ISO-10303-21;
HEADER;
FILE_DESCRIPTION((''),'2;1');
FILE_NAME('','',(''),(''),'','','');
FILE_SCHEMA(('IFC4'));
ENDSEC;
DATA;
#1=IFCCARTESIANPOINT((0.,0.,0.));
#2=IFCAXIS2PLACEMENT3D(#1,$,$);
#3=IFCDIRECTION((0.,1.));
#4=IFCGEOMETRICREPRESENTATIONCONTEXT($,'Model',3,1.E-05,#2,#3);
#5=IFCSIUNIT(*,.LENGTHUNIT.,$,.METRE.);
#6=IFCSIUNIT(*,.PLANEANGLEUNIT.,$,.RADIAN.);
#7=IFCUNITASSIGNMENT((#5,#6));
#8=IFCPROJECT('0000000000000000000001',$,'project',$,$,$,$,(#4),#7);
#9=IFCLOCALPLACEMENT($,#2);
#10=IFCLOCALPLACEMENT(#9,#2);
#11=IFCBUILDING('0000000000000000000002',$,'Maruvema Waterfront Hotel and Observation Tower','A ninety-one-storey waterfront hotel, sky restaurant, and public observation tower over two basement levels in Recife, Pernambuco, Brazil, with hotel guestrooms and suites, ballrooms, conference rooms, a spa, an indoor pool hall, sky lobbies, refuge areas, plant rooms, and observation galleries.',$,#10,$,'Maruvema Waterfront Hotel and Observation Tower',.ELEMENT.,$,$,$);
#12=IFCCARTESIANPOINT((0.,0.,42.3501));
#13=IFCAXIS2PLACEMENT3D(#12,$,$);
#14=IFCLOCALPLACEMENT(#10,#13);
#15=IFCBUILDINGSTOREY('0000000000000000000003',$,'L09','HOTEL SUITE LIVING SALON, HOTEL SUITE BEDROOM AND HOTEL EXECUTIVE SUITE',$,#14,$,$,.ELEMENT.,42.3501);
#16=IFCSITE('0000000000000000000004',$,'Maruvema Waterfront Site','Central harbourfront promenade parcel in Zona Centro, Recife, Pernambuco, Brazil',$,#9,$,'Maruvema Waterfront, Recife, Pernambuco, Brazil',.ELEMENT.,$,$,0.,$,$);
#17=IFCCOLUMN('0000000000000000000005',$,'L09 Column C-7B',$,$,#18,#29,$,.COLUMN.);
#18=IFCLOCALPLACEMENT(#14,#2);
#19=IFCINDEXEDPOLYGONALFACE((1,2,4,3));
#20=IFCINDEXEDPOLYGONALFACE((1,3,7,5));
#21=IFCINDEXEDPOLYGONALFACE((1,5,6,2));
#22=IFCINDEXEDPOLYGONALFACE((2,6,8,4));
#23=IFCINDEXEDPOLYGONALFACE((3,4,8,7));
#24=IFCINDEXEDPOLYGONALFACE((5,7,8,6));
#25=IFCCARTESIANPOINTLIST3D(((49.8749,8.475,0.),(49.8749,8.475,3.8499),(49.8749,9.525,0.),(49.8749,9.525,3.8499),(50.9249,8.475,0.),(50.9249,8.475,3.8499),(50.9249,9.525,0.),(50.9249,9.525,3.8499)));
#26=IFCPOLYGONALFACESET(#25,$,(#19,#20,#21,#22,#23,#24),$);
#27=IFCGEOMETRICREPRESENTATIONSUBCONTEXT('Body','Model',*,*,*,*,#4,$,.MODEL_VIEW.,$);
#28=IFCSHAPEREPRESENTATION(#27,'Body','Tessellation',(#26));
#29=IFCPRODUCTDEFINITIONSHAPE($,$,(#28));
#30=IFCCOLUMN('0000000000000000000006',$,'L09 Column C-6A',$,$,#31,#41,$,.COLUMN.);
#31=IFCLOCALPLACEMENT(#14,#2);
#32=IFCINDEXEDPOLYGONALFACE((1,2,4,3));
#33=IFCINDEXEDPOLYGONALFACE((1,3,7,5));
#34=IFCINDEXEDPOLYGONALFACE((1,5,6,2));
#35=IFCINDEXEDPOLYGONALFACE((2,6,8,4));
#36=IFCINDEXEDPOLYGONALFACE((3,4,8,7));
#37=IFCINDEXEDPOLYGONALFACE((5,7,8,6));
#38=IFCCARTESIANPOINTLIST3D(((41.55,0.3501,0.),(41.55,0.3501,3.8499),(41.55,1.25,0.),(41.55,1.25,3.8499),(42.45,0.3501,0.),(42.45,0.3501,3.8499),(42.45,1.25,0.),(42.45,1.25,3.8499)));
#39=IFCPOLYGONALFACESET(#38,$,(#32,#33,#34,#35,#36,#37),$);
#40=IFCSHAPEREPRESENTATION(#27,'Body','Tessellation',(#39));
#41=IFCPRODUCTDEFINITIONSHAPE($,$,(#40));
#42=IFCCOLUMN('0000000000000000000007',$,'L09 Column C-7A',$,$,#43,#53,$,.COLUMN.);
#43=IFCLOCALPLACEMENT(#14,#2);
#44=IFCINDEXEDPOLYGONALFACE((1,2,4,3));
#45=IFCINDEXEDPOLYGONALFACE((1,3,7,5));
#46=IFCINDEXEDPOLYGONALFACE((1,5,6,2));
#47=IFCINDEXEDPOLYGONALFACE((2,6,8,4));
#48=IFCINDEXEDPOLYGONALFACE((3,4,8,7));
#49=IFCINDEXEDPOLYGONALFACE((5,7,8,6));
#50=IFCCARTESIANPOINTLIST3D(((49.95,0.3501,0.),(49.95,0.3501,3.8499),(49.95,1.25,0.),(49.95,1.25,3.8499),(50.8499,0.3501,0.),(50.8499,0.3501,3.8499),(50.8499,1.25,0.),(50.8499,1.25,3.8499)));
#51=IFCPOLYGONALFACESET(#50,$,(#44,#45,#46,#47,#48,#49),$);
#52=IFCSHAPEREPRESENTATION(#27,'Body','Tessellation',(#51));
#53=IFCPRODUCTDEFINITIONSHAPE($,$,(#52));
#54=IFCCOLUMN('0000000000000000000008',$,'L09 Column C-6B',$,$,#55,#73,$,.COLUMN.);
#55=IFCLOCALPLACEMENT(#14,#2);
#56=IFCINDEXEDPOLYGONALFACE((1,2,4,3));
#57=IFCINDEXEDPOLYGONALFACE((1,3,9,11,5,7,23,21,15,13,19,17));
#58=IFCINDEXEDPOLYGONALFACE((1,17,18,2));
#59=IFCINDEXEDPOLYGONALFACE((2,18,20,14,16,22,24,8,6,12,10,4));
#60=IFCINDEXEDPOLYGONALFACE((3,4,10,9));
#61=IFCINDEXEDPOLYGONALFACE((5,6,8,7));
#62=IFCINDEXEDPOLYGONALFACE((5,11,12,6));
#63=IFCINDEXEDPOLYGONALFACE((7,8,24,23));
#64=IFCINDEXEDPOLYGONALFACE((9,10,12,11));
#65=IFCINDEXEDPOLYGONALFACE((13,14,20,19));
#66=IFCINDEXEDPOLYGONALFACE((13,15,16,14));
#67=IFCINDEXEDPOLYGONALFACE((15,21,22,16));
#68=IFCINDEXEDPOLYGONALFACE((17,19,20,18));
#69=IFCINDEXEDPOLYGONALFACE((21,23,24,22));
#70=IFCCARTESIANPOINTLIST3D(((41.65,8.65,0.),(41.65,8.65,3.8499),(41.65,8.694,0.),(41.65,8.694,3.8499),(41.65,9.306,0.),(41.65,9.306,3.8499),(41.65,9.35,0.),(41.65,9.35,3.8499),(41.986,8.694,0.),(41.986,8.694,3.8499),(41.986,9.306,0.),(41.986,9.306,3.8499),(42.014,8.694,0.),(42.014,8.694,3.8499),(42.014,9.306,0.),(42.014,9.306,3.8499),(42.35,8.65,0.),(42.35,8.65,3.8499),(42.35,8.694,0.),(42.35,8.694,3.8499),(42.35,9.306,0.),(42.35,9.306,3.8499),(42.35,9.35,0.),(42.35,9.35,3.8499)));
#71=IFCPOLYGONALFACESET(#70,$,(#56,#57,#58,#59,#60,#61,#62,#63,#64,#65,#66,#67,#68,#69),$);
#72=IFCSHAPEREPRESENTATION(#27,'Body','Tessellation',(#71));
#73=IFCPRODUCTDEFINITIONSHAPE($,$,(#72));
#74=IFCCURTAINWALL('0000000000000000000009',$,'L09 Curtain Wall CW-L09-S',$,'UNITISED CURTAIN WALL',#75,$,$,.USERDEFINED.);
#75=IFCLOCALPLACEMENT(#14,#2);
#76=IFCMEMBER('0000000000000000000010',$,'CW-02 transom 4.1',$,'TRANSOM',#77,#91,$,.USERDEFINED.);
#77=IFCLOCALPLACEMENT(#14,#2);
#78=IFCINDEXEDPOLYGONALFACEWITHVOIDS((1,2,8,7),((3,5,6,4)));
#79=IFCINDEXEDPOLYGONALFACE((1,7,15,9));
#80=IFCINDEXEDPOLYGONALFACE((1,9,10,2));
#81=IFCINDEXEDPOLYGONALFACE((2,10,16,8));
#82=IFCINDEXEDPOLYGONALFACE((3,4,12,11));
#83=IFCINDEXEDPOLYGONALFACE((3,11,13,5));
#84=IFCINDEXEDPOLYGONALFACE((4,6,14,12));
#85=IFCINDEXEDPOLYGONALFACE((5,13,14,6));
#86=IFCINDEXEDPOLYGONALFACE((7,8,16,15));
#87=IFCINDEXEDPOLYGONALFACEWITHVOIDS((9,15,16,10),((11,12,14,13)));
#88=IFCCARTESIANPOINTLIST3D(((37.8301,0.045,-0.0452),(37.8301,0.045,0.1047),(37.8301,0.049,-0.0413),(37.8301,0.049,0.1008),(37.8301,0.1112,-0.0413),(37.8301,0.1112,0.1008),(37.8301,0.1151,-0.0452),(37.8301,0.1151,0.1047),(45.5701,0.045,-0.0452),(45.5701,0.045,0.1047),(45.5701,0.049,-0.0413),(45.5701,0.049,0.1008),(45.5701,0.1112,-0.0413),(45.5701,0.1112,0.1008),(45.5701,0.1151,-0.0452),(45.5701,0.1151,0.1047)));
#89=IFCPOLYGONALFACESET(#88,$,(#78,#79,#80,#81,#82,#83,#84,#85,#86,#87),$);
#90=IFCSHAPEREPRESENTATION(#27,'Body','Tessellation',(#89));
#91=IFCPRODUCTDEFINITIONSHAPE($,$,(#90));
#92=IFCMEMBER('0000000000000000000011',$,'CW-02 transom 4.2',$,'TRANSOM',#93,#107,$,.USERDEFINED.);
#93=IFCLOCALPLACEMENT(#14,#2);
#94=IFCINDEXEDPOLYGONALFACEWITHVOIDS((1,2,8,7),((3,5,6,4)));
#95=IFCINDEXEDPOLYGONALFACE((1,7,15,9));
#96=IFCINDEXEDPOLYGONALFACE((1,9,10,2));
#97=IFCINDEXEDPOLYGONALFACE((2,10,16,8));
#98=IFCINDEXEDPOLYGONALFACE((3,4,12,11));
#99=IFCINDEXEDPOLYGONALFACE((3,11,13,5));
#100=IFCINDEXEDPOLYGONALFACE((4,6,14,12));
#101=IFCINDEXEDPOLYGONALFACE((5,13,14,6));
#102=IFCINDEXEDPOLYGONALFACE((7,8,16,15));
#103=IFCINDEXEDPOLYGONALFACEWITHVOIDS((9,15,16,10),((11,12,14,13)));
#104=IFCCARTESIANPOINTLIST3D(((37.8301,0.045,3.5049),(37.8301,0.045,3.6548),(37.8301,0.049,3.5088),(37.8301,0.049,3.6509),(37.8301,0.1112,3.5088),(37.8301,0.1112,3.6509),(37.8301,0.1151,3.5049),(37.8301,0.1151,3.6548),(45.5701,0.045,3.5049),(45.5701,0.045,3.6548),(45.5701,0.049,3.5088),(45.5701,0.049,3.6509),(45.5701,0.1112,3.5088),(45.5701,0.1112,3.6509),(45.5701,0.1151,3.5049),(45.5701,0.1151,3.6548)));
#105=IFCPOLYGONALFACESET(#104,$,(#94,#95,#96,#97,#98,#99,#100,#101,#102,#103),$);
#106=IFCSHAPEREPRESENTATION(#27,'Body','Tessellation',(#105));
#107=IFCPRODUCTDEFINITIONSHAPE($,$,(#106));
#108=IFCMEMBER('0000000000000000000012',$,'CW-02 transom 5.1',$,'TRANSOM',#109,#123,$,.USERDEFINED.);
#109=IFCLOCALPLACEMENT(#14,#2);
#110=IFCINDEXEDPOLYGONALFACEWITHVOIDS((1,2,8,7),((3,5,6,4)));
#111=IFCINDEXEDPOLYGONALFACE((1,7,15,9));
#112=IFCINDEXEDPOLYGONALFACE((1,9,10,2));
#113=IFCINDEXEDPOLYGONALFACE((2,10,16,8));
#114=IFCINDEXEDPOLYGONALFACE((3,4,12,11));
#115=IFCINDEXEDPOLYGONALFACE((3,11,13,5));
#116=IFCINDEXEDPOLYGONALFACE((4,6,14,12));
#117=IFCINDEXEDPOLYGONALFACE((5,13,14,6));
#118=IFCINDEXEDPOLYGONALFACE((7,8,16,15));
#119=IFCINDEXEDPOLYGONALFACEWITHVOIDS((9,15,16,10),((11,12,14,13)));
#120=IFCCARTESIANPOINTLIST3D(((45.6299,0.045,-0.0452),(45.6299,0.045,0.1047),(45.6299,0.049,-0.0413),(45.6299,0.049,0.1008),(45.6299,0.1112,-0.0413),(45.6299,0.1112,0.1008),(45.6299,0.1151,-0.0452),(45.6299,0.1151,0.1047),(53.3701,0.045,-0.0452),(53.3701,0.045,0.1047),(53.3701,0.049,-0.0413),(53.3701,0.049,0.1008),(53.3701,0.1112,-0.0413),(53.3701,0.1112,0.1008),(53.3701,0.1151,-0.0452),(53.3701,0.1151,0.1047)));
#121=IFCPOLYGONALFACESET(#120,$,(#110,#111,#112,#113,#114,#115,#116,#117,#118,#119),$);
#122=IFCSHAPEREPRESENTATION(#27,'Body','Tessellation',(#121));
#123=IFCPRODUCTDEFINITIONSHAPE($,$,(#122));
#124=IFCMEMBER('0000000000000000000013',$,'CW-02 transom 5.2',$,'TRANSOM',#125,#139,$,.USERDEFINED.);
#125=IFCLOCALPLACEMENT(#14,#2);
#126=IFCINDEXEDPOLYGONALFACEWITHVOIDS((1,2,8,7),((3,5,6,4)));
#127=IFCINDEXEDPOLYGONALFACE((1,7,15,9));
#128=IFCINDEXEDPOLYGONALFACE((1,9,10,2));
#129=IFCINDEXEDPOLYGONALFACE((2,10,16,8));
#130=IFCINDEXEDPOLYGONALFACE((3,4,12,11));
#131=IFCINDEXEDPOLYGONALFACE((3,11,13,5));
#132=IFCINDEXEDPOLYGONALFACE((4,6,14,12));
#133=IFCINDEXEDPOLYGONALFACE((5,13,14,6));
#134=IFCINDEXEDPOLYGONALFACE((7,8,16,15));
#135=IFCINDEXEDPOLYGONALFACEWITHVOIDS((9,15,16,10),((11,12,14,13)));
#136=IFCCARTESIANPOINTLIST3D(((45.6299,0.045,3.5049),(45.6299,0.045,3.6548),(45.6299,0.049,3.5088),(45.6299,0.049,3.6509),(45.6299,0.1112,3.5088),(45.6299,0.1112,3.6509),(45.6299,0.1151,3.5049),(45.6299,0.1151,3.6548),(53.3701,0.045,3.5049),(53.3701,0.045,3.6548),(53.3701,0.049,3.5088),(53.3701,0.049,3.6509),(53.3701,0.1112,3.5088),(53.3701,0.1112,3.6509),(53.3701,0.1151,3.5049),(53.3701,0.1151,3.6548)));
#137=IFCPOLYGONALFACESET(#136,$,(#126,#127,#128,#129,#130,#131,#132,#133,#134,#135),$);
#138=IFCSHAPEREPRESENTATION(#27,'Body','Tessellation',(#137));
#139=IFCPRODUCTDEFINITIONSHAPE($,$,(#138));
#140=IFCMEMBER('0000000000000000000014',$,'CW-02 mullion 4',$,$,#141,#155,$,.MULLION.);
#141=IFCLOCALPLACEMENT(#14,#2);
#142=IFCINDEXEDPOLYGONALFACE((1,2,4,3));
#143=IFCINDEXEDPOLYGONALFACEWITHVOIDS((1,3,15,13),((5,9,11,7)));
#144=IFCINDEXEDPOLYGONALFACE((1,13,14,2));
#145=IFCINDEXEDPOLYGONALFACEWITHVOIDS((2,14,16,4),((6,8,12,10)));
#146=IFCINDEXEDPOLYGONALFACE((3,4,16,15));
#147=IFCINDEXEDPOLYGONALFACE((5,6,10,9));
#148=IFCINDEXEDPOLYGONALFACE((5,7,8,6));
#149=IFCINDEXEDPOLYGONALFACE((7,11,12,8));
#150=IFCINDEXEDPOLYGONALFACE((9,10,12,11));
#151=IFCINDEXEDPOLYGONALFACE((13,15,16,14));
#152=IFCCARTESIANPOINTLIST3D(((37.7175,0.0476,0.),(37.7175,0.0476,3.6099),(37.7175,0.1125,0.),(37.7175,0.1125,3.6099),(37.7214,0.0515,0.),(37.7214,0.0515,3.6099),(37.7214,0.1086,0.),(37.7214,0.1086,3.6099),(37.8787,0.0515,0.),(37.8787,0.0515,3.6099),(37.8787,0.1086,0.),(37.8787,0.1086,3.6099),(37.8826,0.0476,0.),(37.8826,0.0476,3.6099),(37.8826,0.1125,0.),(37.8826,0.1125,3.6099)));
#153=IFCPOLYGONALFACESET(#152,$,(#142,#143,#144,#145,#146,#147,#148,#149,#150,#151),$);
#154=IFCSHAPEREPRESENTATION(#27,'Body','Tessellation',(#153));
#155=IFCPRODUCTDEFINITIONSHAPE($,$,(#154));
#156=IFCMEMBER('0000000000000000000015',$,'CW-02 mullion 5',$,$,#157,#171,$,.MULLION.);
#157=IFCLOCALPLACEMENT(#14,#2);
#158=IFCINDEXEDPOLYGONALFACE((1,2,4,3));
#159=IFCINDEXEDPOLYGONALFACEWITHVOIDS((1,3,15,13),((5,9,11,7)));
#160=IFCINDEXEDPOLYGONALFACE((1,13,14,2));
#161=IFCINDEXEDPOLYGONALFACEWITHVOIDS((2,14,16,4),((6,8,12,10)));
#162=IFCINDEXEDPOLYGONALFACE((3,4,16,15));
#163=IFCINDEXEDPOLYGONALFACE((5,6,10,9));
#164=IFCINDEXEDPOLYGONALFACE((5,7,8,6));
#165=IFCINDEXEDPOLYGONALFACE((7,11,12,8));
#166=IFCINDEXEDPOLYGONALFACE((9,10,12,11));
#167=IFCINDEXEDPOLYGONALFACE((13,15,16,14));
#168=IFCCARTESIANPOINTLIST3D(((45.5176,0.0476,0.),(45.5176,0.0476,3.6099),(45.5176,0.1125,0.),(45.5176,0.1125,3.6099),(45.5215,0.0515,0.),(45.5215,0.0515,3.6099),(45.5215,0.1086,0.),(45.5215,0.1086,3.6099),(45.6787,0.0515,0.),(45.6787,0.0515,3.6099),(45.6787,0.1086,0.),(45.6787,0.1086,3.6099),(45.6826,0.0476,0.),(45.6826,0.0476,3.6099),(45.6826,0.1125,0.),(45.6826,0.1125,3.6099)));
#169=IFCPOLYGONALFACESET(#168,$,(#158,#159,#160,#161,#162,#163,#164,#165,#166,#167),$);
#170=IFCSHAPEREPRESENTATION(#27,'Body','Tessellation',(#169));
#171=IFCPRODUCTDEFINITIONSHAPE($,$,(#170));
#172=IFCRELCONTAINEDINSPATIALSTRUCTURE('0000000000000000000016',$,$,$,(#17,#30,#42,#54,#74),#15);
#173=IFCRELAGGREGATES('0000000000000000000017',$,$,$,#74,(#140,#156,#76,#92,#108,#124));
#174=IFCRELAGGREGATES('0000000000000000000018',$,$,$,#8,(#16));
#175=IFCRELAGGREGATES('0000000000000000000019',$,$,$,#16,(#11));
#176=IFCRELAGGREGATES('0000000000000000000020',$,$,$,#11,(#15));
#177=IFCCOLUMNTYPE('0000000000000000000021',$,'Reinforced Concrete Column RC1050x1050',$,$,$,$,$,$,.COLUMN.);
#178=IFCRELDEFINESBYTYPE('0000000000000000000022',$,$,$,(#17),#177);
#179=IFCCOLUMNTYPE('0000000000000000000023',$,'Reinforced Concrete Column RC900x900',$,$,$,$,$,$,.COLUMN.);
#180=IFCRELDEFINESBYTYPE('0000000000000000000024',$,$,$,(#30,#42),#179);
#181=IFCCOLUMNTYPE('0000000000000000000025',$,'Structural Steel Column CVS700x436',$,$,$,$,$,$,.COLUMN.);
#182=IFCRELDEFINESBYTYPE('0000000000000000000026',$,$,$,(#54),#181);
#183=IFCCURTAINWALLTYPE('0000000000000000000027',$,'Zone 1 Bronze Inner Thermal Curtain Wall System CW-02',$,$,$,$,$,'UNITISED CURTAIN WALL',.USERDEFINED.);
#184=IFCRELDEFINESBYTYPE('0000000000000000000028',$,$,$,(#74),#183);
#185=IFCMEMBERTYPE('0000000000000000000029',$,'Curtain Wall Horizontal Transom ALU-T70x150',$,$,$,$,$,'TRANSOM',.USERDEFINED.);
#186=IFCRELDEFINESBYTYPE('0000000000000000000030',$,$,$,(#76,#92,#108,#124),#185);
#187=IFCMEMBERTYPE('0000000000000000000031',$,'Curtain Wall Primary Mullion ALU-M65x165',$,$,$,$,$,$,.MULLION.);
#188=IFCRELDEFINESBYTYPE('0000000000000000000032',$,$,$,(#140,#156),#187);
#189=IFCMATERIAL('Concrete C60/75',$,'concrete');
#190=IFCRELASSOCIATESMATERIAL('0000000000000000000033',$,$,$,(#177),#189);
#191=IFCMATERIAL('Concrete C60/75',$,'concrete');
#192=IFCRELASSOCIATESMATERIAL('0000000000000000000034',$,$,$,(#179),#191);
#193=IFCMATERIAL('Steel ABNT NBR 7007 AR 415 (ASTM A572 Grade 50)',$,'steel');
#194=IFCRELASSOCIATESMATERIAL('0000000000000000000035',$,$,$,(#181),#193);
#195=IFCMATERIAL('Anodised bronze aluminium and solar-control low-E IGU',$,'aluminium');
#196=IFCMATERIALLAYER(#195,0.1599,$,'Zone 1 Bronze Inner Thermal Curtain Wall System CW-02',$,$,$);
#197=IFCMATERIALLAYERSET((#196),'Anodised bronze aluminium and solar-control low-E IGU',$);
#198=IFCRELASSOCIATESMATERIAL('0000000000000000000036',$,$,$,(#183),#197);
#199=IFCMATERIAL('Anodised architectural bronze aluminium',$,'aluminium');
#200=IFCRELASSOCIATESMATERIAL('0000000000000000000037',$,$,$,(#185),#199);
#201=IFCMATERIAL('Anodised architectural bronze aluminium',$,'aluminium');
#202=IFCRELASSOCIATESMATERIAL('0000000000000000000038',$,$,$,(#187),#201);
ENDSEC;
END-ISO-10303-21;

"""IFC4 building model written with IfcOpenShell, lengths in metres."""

from ifc_helpers import new_model, si_unit, direction, frame, origin, origin_2d, place, context, subcontext, project, spatial, rectangle, hollow_rectangle, i_section, extrude, material, layer, layer_set, material_profile, profile_set, type_object, element, aggregate, save


model = new_model("IFC4")

# Units and contexts
model_context = context("Model", 3, precision=1e-05, world=origin(), true_north=direction((0.0, 1.0)))
body_context = subcontext(model_context, "Body", "Model", "MODEL_VIEW")
ifc_project = project(units=[si_unit("LENGTHUNIT", "METRE"), si_unit("PLANEANGLEUNIT", "RADIAN")], contexts=[model_context])

# Site, building, storey
site_placement = place(None, origin())
site = spatial("IfcSite", under=ifc_project, at=site_placement, Name="Maruvema Waterfront Site", Description="Central harbourfront promenade parcel in Zona Centro, Recife, Pernambuco, Brazil", LongName="Maruvema Waterfront, Recife, Pernambuco, Brazil", CompositionType="ELEMENT", RefElevation=0.0)
building_placement = place(site_placement, origin())
building = spatial("IfcBuilding", under=site, at=building_placement, Name="Maruvema Waterfront Hotel and Observation Tower", Description="A ninety-one-storey waterfront hotel, sky restaurant, and public observation tower over two basement levels in Recife, Pernambuco, Brazil, with hotel guestrooms and suites, ballrooms, conference rooms, a spa, an indoor pool hall, sky lobbies, refuge areas, plant rooms, and observation galleries.", LongName="Maruvema Waterfront Hotel and Observation Tower", CompositionType="ELEMENT")
storey_placement = place(building_placement, frame((0.0, 0.0, 42.3501)))
storey = spatial("IfcBuildingStorey", under=building, at=storey_placement, Name="L09", Description="HOTEL SUITE LIVING SALON, HOTEL SUITE BEDROOM AND HOTEL EXECUTIVE SUITE", CompositionType="ELEMENT", Elevation=42.3501)

# Columns
ifc_material_1 = material(Name="Concrete C60/75", Category="concrete")
ifc_material_profile_1 = material_profile(ifc_material_1, rectangle(XDim=1.05, YDim=1.05, at=origin_2d()), Name="RC1050x1050")
ifc_profile_set_1 = profile_set([ifc_material_profile_1], Name="Concrete C60/75")
column_type_1 = type_object("IfcColumnType", Name="Reinforced Concrete Column RC1050x1050", PredefinedType="COLUMN", material=ifc_profile_set_1)
column_1_placement = place(storey_placement, frame((50.3999, 9.0, 0.0), z_axis=(0.0, 0.0, 1.0), x_axis=(1.0, 0.0, 0.0)))
element("IfcColumn", 1, at=column_1_placement, inside=storey, type_object=column_type_1, Name="L09 Column C-7B", PredefinedType="COLUMN", context=body_context, shape_type="SweptSolid", body=[
    extrude(rectangle(XDim=1.05, YDim=1.05, at=origin_2d()), origin(), (0.0, 0.0, 1.0), 3.8499),
])
ifc_material_2 = material(Name="Concrete C60/75", Category="concrete")
ifc_material_profile_2 = material_profile(ifc_material_2, rectangle(XDim=0.8999, YDim=0.8999, at=origin_2d()), Name="RC900x900")
ifc_profile_set_2 = profile_set([ifc_material_profile_2], Name="Concrete C60/75")
column_type_2 = type_object("IfcColumnType", Name="Reinforced Concrete Column RC900x900", PredefinedType="COLUMN", material=ifc_profile_set_2)
for number, where, z_axis, x_axis, name in (
    (2, (42.0, 0.8, 0.0), (0.0, 0.0, 1.0), (1.0, 0.0, 0.0), "L09 Column C-6A"),
    (3, (50.3999, 0.8, 0.0), (0.0, 0.0, 1.0), (1.0, 0.0, 0.0), "L09 Column C-7A"),
):
    element("IfcColumn", number, at=place(storey_placement, frame(where, z_axis=z_axis, x_axis=x_axis)), inside=storey, type_object=column_type_2, Name=name, PredefinedType="COLUMN", context=body_context, shape_type="SweptSolid", body=[
        extrude(rectangle(XDim=0.8999, YDim=0.8999, at=origin_2d()), origin(), (0.0, 0.0, 1.0), 3.8499),
    ])
ifc_material_3 = material(Name="Steel ABNT NBR 7007 AR 415 (ASTM A572 Grade 50)", Category="steel")
ifc_material_profile_3 = material_profile(ifc_material_3, i_section(OverallWidth=0.7, OverallDepth=0.7, WebThickness=0.0281, FlangeThickness=0.0439, at=origin_2d()), Name="CVS700x436")
ifc_profile_set_3 = profile_set([ifc_material_profile_3], Name="Steel ABNT NBR 7007 AR 415 (ASTM A572 Grade 50)")
column_type_3 = type_object("IfcColumnType", Name="Structural Steel Column CVS700x436", PredefinedType="COLUMN", material=ifc_profile_set_3)
column_2_placement = place(storey_placement, frame((42.0, 9.0, 0.0), z_axis=(0.0, 0.0, 1.0), x_axis=(1.0, 0.0, 0.0)))
element("IfcColumn", 4, at=column_2_placement, inside=storey, type_object=column_type_3, Name="L09 Column C-6B", PredefinedType="COLUMN", context=body_context, shape_type="SweptSolid", body=[
    extrude(i_section(OverallWidth=0.7, OverallDepth=0.7, WebThickness=0.0281, FlangeThickness=0.0439, at=origin_2d()), origin(), (0.0, 0.0, 1.0), 3.8499),
])

# Curtain wall, members
ifc_material_4 = material(Name="Anodised bronze aluminium and solar-control low-E IGU", Category="aluminium")
ifc_layer_1 = layer(ifc_material_4, 0.1599, Name="Zone 1 Bronze Inner Thermal Curtain Wall System CW-02")
ifc_layer_set_1 = layer_set([ifc_layer_1], Name="Anodised bronze aluminium and solar-control low-E IGU")
curtain_wall_type = type_object("IfcCurtainWallType", Name="Zone 1 Bronze Inner Thermal Curtain Wall System CW-02", ElementType="UNITISED CURTAIN WALL", PredefinedType="USERDEFINED", material=ifc_layer_set_1)
curtain_wall_placement = place(storey_placement, origin())
curtain_wall = element("IfcCurtainWall", 5, at=curtain_wall_placement, inside=storey, type_object=curtain_wall_type, Name="L09 Curtain Wall CW-L09-S", ObjectType="UNITISED CURTAIN WALL", PredefinedType="USERDEFINED")
ifc_material_5 = material(Name="Anodised architectural bronze aluminium", Category="aluminium")
ifc_material_profile_4 = material_profile(ifc_material_5, hollow_rectangle(XDim=0.0701, YDim=0.1499, WallThickness=0.0039, at=origin_2d()), Name="ALU-T70x150")
ifc_profile_set_4 = profile_set([ifc_material_profile_4], Name="Anodised architectural bronze aluminium")
member_type_1 = type_object("IfcMemberType", Name="Curtain Wall Horizontal Transom ALU-T70x150", ElementType="TRANSOM", PredefinedType="USERDEFINED", material=ifc_profile_set_4)
member_1_placement = place(storey_placement, frame((37.8301, 0.0801, 0.0298), z_axis=(1.0, 0.0, 0.0), x_axis=(0.0, 1.0, 0.0)))
member_1 = element("IfcMember", 6, at=member_1_placement, type_object=member_type_1, Name="CW-02 transom 4.1", ObjectType="TRANSOM", PredefinedType="USERDEFINED", context=body_context, shape_type="SweptSolid", body=[
    extrude(hollow_rectangle(XDim=0.0701, YDim=0.1499, WallThickness=0.0039, at=origin_2d()), origin(), (0.0, 0.0, 1.0), 7.74),
])
member_2_placement = place(storey_placement, frame((37.8301, 0.0801, 3.5798), z_axis=(1.0, 0.0, 0.0), x_axis=(0.0, 1.0, 0.0)))
member_2 = element("IfcMember", 7, at=member_2_placement, type_object=member_type_1, Name="CW-02 transom 4.2", ObjectType="TRANSOM", PredefinedType="USERDEFINED", context=body_context, shape_type="SweptSolid", body=[
    extrude(hollow_rectangle(XDim=0.0701, YDim=0.1499, WallThickness=0.0039, at=origin_2d()), origin(), (0.0, 0.0, 1.0), 7.74),
])
member_3_placement = place(storey_placement, frame((45.6299, 0.0801, 0.0298), z_axis=(1.0, 0.0, 0.0), x_axis=(0.0, 1.0, 0.0)))
member_3 = element("IfcMember", 8, at=member_3_placement, type_object=member_type_1, Name="CW-02 transom 5.1", ObjectType="TRANSOM", PredefinedType="USERDEFINED", context=body_context, shape_type="SweptSolid", body=[
    extrude(hollow_rectangle(XDim=0.0701, YDim=0.1499, WallThickness=0.0039, at=origin_2d()), origin(), (0.0, 0.0, 1.0), 7.7402),
])
member_4_placement = place(storey_placement, frame((45.6299, 0.0801, 3.5798), z_axis=(1.0, 0.0, 0.0), x_axis=(0.0, 1.0, 0.0)))
member_4 = element("IfcMember", 9, at=member_4_placement, type_object=member_type_1, Name="CW-02 transom 5.2", ObjectType="TRANSOM", PredefinedType="USERDEFINED", context=body_context, shape_type="SweptSolid", body=[
    extrude(hollow_rectangle(XDim=0.0701, YDim=0.1499, WallThickness=0.0039, at=origin_2d()), origin(), (0.0, 0.0, 1.0), 7.7402),
])
ifc_material_6 = material(Name="Anodised architectural bronze aluminium", Category="aluminium")
ifc_material_profile_5 = material_profile(ifc_material_6, hollow_rectangle(XDim=0.0649, YDim=0.165, WallThickness=0.0039, at=origin_2d()), Name="ALU-M65x165")
ifc_profile_set_5 = profile_set([ifc_material_profile_5], Name="Anodised architectural bronze aluminium")
member_type_2 = type_object("IfcMemberType", Name="Curtain Wall Primary Mullion ALU-M65x165", PredefinedType="MULLION", material=ifc_profile_set_5)
member_5_placement = place(storey_placement, frame((37.8, 0.0801, 0.0), z_axis=(0.0, 0.0, 1.0), x_axis=(0.0, 1.0, 0.0)))
member_5 = element("IfcMember", 10, at=member_5_placement, type_object=member_type_2, Name="CW-02 mullion 4", PredefinedType="MULLION", context=body_context, shape_type="SweptSolid", body=[
    extrude(hollow_rectangle(XDim=0.0649, YDim=0.165, WallThickness=0.0039, at=origin_2d()), origin(), (0.0, 0.0, 1.0), 3.6099),
])
member_6_placement = place(storey_placement, frame((45.6001, 0.0801, 0.0), z_axis=(0.0, 0.0, 1.0), x_axis=(0.0, 1.0, 0.0)))
member_6 = element("IfcMember", 11, at=member_6_placement, type_object=member_type_2, Name="CW-02 mullion 5", PredefinedType="MULLION", context=body_context, shape_type="SweptSolid", body=[
    extrude(hollow_rectangle(XDim=0.0649, YDim=0.165, WallThickness=0.0039, at=origin_2d()), origin(), (0.0, 0.0, 1.0), 3.6099),
])

aggregate(curtain_wall, [member_5, member_6, member_1, member_2, member_3, member_4])

save(model, "model.ifc")
